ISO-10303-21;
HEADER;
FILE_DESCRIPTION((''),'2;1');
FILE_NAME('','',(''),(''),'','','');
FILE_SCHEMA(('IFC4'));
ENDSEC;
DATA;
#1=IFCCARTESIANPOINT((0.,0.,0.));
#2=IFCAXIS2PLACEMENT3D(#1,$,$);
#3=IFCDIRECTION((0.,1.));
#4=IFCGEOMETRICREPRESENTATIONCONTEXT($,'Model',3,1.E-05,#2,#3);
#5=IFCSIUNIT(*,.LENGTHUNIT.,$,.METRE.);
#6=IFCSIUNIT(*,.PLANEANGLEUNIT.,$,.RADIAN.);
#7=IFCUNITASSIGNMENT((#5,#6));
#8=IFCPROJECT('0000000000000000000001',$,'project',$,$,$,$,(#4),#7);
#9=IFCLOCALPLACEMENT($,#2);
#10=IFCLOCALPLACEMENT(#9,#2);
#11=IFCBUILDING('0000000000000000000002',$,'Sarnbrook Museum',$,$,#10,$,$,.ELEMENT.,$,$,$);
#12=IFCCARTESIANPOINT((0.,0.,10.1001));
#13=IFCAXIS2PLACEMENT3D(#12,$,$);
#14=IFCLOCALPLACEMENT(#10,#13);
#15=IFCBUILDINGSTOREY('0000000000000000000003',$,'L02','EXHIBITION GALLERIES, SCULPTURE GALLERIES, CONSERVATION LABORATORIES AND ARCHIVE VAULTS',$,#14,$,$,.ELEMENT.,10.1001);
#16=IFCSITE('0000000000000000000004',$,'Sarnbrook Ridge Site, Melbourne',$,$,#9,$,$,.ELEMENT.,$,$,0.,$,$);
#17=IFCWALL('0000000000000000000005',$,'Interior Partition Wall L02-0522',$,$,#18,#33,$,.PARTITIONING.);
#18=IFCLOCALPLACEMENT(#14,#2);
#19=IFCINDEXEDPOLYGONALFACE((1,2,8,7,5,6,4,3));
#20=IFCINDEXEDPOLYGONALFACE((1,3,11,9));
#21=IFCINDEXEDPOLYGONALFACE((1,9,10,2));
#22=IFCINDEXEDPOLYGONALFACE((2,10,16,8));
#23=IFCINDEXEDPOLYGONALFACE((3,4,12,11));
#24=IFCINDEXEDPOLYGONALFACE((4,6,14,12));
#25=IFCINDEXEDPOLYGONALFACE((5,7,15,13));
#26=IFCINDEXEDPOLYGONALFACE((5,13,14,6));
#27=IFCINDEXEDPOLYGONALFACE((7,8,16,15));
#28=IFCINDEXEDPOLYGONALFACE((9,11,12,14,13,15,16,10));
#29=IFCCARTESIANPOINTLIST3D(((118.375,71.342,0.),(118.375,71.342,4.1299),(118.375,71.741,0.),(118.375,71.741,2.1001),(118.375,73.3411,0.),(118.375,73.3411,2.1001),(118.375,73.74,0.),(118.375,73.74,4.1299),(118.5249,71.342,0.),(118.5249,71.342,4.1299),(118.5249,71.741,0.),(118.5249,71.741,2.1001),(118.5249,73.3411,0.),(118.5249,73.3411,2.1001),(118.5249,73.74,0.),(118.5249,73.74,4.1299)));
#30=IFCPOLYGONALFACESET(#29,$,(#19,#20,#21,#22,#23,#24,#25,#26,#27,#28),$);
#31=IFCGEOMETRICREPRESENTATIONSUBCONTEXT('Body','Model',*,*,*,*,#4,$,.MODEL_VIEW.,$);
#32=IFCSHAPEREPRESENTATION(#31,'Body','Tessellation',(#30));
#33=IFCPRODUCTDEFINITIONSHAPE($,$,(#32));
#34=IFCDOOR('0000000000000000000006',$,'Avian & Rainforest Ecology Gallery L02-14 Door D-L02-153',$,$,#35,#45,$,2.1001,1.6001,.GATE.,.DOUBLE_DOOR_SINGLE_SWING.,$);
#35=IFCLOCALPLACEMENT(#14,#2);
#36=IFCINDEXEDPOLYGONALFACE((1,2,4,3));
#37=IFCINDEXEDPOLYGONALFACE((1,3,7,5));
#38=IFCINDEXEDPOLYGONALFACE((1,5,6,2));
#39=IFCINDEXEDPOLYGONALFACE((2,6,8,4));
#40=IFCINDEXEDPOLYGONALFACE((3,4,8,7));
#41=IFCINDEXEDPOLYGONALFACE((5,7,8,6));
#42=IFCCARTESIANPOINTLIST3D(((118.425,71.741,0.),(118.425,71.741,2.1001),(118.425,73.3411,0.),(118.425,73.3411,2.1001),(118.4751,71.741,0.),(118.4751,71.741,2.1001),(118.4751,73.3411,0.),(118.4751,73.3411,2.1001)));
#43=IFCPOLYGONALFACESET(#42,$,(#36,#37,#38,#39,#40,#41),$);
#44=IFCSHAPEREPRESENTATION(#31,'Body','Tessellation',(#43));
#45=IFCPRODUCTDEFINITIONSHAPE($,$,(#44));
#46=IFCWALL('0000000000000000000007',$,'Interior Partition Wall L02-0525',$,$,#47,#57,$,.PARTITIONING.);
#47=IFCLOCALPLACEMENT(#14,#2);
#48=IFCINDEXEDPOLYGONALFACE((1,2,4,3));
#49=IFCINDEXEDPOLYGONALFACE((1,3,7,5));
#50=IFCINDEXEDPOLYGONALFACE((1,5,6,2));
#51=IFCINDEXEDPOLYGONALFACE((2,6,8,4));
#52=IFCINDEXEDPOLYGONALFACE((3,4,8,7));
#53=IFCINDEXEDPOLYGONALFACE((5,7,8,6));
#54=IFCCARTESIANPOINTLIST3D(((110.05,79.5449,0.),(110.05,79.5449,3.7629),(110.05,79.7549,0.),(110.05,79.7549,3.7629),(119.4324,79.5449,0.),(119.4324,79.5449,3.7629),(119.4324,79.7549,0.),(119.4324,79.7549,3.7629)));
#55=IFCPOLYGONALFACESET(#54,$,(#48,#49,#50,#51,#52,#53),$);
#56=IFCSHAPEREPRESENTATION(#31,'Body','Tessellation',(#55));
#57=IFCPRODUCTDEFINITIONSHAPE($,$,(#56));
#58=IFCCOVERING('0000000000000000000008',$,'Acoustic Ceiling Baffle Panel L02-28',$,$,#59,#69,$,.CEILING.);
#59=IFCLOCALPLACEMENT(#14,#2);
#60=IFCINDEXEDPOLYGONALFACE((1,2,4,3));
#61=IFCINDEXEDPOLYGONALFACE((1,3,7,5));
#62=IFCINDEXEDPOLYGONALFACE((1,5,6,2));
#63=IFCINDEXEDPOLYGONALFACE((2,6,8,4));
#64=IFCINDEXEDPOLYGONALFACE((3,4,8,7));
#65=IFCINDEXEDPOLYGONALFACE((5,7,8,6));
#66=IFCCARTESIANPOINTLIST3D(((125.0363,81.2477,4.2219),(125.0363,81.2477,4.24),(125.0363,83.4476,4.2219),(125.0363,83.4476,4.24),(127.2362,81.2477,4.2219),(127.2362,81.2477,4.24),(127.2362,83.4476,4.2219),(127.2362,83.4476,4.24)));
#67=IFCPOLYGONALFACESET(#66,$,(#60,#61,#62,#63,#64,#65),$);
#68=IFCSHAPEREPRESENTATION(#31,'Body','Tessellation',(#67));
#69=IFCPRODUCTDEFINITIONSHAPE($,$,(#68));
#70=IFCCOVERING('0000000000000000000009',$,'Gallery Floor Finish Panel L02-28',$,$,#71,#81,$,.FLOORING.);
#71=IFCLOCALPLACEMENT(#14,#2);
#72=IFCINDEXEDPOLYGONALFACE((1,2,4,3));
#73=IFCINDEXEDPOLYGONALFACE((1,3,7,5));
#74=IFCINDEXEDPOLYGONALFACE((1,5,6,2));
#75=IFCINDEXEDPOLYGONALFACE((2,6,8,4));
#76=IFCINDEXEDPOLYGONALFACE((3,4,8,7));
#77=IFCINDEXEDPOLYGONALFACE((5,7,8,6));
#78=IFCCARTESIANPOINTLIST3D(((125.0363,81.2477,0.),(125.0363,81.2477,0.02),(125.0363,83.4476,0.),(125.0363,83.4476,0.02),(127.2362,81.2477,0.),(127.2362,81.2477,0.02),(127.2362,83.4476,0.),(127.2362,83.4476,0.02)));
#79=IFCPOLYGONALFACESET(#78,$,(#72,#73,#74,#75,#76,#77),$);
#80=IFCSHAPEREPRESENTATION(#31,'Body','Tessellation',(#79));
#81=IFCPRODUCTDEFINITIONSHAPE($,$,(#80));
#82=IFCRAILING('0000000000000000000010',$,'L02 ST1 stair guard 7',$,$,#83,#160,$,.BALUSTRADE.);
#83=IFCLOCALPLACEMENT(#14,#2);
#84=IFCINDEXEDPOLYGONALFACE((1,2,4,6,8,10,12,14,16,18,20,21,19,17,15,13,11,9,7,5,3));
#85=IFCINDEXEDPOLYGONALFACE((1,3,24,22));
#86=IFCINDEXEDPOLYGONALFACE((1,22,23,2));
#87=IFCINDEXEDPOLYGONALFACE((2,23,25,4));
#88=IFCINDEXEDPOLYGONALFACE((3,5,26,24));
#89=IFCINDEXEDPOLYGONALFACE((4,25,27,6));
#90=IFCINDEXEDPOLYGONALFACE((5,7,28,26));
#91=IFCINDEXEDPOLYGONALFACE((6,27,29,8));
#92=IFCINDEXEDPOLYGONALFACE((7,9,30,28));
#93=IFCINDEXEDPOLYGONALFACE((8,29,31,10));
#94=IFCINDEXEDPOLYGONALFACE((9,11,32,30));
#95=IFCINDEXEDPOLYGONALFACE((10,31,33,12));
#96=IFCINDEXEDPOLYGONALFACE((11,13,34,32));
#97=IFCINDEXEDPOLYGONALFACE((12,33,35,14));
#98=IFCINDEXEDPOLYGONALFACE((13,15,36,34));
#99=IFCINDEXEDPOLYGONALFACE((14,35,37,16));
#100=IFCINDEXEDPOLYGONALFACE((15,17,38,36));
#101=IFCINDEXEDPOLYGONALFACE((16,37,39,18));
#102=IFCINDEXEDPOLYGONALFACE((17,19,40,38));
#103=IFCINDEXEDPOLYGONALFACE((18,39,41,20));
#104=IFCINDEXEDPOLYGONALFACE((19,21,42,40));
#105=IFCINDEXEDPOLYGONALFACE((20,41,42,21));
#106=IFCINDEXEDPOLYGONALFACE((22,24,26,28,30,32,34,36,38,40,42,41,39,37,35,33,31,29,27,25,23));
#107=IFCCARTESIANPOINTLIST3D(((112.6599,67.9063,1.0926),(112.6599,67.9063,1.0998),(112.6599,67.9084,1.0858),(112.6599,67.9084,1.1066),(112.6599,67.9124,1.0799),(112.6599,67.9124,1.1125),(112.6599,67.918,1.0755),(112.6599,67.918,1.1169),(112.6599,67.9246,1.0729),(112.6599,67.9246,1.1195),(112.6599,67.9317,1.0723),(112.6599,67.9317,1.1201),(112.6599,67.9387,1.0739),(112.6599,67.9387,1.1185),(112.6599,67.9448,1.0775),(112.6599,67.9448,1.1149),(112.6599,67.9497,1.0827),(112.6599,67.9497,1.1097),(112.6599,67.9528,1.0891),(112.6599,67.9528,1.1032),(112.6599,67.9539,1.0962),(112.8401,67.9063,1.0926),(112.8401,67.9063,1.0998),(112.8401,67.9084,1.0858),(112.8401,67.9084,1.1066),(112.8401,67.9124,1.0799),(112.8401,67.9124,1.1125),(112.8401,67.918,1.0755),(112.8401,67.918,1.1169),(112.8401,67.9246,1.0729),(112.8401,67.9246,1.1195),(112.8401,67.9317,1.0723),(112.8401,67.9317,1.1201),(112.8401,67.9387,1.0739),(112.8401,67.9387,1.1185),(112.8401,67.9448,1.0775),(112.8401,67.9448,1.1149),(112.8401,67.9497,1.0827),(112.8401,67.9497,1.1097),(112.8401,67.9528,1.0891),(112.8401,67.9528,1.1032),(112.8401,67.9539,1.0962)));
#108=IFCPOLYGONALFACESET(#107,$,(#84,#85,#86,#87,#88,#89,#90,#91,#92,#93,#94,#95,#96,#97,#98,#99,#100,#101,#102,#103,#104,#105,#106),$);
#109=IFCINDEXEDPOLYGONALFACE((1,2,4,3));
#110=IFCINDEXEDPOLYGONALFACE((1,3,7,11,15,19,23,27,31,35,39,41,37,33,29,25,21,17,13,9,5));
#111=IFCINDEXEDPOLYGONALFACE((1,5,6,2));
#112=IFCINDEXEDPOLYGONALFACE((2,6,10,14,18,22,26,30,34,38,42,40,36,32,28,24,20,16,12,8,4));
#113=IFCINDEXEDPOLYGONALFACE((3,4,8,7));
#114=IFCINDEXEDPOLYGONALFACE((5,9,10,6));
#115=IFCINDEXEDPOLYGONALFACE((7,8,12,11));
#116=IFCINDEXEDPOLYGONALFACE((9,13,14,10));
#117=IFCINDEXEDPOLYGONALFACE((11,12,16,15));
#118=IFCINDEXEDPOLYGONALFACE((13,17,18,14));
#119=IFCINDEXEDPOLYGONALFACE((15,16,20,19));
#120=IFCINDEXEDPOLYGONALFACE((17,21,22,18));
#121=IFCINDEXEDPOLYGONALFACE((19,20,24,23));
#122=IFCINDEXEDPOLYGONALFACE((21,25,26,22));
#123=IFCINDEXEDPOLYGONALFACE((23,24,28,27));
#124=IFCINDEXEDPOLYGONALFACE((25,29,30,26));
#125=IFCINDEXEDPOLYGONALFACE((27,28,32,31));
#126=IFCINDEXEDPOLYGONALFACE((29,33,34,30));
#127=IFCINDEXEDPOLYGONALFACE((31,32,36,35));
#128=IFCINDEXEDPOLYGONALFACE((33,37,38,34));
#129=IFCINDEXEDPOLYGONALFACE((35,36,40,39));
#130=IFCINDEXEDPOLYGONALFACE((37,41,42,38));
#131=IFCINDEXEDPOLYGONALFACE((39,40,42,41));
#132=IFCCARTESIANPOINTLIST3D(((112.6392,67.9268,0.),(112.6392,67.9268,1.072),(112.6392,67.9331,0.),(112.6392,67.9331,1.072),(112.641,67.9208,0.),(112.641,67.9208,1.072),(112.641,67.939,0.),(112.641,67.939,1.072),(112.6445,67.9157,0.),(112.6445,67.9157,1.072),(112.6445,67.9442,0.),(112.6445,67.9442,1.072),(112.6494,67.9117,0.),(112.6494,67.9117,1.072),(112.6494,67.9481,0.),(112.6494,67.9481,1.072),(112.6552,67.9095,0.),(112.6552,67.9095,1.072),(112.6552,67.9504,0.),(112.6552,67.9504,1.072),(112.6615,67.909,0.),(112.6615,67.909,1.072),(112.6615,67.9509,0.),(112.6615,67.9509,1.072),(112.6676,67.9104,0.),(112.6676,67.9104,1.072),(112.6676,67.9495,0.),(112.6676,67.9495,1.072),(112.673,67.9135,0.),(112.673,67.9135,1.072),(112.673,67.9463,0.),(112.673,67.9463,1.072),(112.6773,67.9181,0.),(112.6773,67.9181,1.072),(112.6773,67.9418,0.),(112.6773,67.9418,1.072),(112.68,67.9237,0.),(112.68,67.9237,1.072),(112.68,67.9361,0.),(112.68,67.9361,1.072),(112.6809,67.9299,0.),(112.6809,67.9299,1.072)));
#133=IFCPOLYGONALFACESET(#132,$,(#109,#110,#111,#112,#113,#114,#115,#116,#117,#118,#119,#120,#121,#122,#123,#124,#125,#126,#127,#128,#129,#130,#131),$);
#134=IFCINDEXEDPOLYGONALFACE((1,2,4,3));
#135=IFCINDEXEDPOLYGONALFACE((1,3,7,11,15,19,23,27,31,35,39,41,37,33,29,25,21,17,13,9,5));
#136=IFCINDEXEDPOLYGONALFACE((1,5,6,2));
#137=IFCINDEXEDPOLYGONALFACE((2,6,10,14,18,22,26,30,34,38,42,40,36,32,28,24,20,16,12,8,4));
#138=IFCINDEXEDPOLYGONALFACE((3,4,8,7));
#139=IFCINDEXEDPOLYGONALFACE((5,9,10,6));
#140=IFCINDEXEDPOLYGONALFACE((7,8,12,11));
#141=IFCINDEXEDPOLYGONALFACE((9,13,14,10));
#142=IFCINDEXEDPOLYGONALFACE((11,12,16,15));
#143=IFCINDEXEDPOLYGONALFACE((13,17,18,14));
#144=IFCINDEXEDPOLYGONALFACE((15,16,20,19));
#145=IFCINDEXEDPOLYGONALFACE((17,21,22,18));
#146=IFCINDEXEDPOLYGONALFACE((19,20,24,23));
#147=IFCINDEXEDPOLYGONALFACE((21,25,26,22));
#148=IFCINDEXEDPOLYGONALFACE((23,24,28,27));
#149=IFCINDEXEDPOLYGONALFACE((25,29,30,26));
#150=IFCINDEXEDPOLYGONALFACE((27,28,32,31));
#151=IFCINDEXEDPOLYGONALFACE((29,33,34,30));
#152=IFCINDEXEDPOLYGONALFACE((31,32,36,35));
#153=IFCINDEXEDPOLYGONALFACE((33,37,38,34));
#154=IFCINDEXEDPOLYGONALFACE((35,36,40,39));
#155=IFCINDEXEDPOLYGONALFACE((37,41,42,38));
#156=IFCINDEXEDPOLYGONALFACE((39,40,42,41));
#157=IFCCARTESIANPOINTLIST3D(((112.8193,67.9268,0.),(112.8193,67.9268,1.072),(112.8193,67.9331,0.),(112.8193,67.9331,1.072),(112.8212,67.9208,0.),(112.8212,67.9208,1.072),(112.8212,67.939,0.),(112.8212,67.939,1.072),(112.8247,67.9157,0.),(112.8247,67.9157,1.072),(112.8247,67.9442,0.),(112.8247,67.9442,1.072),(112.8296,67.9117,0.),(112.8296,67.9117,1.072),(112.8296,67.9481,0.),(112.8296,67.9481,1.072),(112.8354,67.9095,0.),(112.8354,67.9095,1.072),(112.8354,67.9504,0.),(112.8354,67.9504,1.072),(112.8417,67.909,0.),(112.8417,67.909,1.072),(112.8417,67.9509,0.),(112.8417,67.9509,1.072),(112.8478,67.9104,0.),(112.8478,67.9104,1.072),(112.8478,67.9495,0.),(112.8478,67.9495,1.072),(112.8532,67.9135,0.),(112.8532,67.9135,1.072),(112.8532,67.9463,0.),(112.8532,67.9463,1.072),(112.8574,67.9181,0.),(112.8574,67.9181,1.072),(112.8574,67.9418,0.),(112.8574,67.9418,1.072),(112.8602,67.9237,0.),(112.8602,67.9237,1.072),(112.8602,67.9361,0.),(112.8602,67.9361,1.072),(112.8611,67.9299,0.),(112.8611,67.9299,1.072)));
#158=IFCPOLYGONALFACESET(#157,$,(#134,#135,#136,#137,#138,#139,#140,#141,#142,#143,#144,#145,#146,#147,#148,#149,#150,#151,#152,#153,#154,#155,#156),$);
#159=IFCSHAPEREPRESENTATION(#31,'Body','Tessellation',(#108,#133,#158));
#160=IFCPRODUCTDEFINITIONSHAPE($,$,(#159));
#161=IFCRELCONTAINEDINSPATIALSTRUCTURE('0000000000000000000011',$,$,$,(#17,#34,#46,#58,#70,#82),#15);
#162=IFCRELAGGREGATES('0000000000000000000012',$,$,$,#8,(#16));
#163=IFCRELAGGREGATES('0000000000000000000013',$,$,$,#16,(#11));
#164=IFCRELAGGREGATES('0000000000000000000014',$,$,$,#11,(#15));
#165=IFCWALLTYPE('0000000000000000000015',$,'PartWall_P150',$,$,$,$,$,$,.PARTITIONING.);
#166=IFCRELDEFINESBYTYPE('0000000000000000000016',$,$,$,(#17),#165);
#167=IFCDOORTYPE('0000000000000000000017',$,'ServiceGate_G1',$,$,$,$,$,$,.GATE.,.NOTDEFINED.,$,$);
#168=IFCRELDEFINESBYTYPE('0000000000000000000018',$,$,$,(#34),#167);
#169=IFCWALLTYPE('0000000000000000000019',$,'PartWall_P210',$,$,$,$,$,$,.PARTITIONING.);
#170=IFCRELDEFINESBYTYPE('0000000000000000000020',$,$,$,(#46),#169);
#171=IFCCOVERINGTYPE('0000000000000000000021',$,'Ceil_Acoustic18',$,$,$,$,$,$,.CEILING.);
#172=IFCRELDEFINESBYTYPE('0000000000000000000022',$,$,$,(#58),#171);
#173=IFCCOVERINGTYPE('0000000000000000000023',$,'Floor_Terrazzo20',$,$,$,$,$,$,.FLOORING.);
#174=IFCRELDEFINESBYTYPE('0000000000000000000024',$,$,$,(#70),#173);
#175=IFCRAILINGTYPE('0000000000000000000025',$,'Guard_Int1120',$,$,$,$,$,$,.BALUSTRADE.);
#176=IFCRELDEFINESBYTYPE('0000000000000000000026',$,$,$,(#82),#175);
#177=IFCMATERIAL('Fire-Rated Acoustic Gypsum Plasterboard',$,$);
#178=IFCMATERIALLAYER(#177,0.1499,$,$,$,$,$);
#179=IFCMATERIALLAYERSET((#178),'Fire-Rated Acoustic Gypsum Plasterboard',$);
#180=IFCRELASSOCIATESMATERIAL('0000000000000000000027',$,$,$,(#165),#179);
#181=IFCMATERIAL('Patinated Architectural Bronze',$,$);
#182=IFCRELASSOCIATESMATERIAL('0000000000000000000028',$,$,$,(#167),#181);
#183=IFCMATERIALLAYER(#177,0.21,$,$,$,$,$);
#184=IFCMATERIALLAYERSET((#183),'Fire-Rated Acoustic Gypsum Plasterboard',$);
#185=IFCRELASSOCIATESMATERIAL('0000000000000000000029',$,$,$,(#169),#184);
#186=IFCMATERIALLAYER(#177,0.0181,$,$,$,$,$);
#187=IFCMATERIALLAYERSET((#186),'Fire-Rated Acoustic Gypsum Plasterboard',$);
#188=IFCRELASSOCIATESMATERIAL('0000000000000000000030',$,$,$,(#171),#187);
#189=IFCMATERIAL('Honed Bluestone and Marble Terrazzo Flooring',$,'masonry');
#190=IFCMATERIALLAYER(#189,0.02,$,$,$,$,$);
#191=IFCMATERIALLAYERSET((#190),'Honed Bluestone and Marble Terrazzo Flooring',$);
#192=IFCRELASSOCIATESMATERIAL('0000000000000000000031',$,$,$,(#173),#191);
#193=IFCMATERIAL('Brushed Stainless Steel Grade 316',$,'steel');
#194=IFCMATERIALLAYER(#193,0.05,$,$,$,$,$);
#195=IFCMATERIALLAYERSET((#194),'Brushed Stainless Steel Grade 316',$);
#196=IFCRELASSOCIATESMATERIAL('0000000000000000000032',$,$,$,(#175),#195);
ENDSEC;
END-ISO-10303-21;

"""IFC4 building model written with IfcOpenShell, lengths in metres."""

from ifc_helpers import new_model, si_unit, direction, frame, frame_2d, origin, origin_2d, place, context, subcontext, project, spatial, rectangle, circle, extrude, material, layer, layer_set, type_object, element, fill, save


model = new_model("IFC4")

# Units and contexts
model_context = context("Model", 3, precision=1e-05, world=origin(), true_north=direction((0.0, 1.0)))
body_context = subcontext(model_context, "Body", "Model", "MODEL_VIEW")
ifc_project = project(units=[si_unit("LENGTHUNIT", "METRE"), si_unit("PLANEANGLEUNIT", "RADIAN")], contexts=[model_context])

# Site, building, storey
site_placement = place(None, origin())
site = spatial("IfcSite", under=ifc_project, at=site_placement, Name="Sarnbrook Ridge Site, Melbourne", CompositionType="ELEMENT", RefElevation=0.0)
building_placement = place(site_placement, origin())
building = spatial("IfcBuilding", under=site, at=building_placement, Name="Sarnbrook Museum", CompositionType="ELEMENT")
storey_placement = place(building_placement, frame((0.0, 0.0, 10.1001)))
storey = spatial("IfcBuildingStorey", under=building, at=storey_placement, Name="L02", Description="EXHIBITION GALLERIES, SCULPTURE GALLERIES, CONSERVATION LABORATORIES AND ARCHIVE VAULTS", CompositionType="ELEMENT", Elevation=10.1001)

# Shared definitions
ifc_material_1 = material(Name="Fire-Rated Acoustic Gypsum Plasterboard")

# Wall, opening, door
ifc_layer_1 = layer(ifc_material_1, 0.1499)
ifc_layer_set_1 = layer_set([ifc_layer_1], Name="Fire-Rated Acoustic Gypsum Plasterboard")
wall_type_1 = type_object("IfcWallType", Name="PartWall_P150", PredefinedType="PARTITIONING", material=ifc_layer_set_1)
wall_1_placement = place(storey_placement, frame((118.45, 71.342, 0.0), z_axis=(0.0, 0.0, 1.0), x_axis=(0.0, 1.0, 0.0)))
wall_1 = element("IfcWall", 1, at=wall_1_placement, inside=storey, type_object=wall_type_1, Name="Interior Partition Wall L02-0522", PredefinedType="PARTITIONING", context=body_context, shape_type="SweptSolid", body=[
    extrude(rectangle(XDim=2.3979, YDim=0.1499, at=frame_2d((1.199, 0.0))), origin(), (0.0, 0.0, 1.0), 4.1299),
])
opening_1_placement = place(wall_1_placement, frame((0.3989, 0.0, 0.0)))
opening_1 = element("IfcOpeningElement", 2, at=opening_1_placement, cuts=wall_1, PredefinedType="OPENING", context=body_context, shape_type="SweptSolid", body=[
    extrude(rectangle(XDim=1.6001, YDim=2.1001, at=frame_2d((0.8, 1.05))), frame((0.0, 0.085, 0.0), z_axis=(0.0, -1.0, 0.0), x_axis=(1.0, 0.0, 0.0)), (0.0, 0.0, 1.0), 0.1699),
])
ifc_material_2 = material(Name="Patinated Architectural Bronze")
door_type_1 = type_object("IfcDoorType", Name="ServiceGate_G1", OperationType="NOTDEFINED", PredefinedType="GATE", material=ifc_material_2)
door_1_placement = place(opening_1_placement, origin())
door_1 = element("IfcDoor", 3, at=door_1_placement, inside=storey, type_object=door_type_1, Name="Avian & Rainforest Ecology Gallery L02-14 Door D-L02-153", OperationType="DOUBLE_DOOR_SINGLE_SWING", OverallHeight=2.1001, OverallWidth=1.6001, PredefinedType="GATE", context=body_context, shape_type="SweptSolid", body=[
    extrude(rectangle(XDim=1.6001, YDim=2.1001, at=frame_2d((0.8, 1.05))), frame((0.0, 0.0249, 0.0), z_axis=(0.0, -1.0, 0.0), x_axis=(1.0, 0.0, 0.0)), (0.0, 0.0, 1.0), 0.05),
])
fill(opening_1, door_1)

# Wall
ifc_layer_2 = layer(ifc_material_1, 0.21)
ifc_layer_set_2 = layer_set([ifc_layer_2], Name="Fire-Rated Acoustic Gypsum Plasterboard")
wall_type_2 = type_object("IfcWallType", Name="PartWall_P210", PredefinedType="PARTITIONING", material=ifc_layer_set_2)
wall_2_placement = place(storey_placement, frame((119.4324, 79.6499, 0.0), z_axis=(0.0, 0.0, 1.0), x_axis=(-1.0, 0.0, 0.0)))
element("IfcWall", 4, at=wall_2_placement, inside=storey, type_object=wall_type_2, Name="Interior Partition Wall L02-0525", PredefinedType="PARTITIONING", context=body_context, shape_type="SweptSolid", body=[
    extrude(rectangle(XDim=9.3823, YDim=0.21, at=frame_2d((4.6912, 0.0))), origin(), (0.0, 0.0, 1.0), 3.7629),
])

# Coverings
ifc_layer_3 = layer(ifc_material_1, 0.0181)
ifc_layer_set_3 = layer_set([ifc_layer_3], Name="Fire-Rated Acoustic Gypsum Plasterboard")
covering_type_1 = type_object("IfcCoveringType", Name="Ceil_Acoustic18", PredefinedType="CEILING", material=ifc_layer_set_3)
covering_1_placement = place(storey_placement, frame((126.1362, 82.3477, 4.2219), z_axis=(0.0, 0.0, 1.0), x_axis=(1.0, 0.0, 0.0)))
element("IfcCovering", 5, at=covering_1_placement, inside=storey, type_object=covering_type_1, Name="Acoustic Ceiling Baffle Panel L02-28", PredefinedType="CEILING", context=body_context, shape_type="SweptSolid", body=[
    extrude(rectangle(XDim=2.2, YDim=2.2, at=origin_2d()), origin(), (0.0, 0.0, 1.0), 0.0181),
])
ifc_material_3 = material(Name="Honed Bluestone and Marble Terrazzo Flooring", Category="masonry")
ifc_layer_4 = layer(ifc_material_3, 0.02)
ifc_layer_set_4 = layer_set([ifc_layer_4], Name="Honed Bluestone and Marble Terrazzo Flooring")
covering_type_2 = type_object("IfcCoveringType", Name="Floor_Terrazzo20", PredefinedType="FLOORING", material=ifc_layer_set_4)
covering_2_placement = place(storey_placement, frame((126.1362, 82.3477, 0.0), z_axis=(0.0, 0.0, 1.0), x_axis=(1.0, 0.0, 0.0)))
element("IfcCovering", 6, at=covering_2_placement, inside=storey, type_object=covering_type_2, Name="Gallery Floor Finish Panel L02-28", PredefinedType="FLOORING", context=body_context, shape_type="SweptSolid", body=[
    extrude(rectangle(XDim=2.2, YDim=2.2, at=origin_2d()), origin(), (0.0, 0.0, 1.0), 0.02),
])

# Railing
ifc_material_4 = material(Name="Brushed Stainless Steel Grade 316", Category="steel")
ifc_layer_5 = layer(ifc_material_4, 0.05)
ifc_layer_set_5 = layer_set([ifc_layer_5], Name="Brushed Stainless Steel Grade 316")
railing_type = type_object("IfcRailingType", Name="Guard_Int1120", PredefinedType="BALUSTRADE", material=ifc_layer_set_5)
railing_placement = place(storey_placement, frame((112.6599, 67.9299, 0.0)))
element("IfcRailing", 7, at=railing_placement, inside=storey, type_object=railing_type, Name="L02 ST1 stair guard 7", PredefinedType="BALUSTRADE", context=body_context, shape_type="SweptSolid", body=[
    extrude(circle(Radius=0.0239, at=origin_2d()), frame((0.0, 0.0, 1.0962), z_axis=(1.0, 0.0, 0.0), x_axis=(0.0, 1.0, 0.0)), (0.0, 0.0, 1.0), 0.1802),
    extrude(circle(Radius=0.021, at=origin_2d()), origin(), (0.0, 0.0, 1.0), 1.072),
    extrude(circle(Radius=0.021, at=origin_2d()), frame((0.1802, 0.0, 0.0)), (0.0, 0.0, 1.0), 1.072),
])

save(model, "model.ifc")
